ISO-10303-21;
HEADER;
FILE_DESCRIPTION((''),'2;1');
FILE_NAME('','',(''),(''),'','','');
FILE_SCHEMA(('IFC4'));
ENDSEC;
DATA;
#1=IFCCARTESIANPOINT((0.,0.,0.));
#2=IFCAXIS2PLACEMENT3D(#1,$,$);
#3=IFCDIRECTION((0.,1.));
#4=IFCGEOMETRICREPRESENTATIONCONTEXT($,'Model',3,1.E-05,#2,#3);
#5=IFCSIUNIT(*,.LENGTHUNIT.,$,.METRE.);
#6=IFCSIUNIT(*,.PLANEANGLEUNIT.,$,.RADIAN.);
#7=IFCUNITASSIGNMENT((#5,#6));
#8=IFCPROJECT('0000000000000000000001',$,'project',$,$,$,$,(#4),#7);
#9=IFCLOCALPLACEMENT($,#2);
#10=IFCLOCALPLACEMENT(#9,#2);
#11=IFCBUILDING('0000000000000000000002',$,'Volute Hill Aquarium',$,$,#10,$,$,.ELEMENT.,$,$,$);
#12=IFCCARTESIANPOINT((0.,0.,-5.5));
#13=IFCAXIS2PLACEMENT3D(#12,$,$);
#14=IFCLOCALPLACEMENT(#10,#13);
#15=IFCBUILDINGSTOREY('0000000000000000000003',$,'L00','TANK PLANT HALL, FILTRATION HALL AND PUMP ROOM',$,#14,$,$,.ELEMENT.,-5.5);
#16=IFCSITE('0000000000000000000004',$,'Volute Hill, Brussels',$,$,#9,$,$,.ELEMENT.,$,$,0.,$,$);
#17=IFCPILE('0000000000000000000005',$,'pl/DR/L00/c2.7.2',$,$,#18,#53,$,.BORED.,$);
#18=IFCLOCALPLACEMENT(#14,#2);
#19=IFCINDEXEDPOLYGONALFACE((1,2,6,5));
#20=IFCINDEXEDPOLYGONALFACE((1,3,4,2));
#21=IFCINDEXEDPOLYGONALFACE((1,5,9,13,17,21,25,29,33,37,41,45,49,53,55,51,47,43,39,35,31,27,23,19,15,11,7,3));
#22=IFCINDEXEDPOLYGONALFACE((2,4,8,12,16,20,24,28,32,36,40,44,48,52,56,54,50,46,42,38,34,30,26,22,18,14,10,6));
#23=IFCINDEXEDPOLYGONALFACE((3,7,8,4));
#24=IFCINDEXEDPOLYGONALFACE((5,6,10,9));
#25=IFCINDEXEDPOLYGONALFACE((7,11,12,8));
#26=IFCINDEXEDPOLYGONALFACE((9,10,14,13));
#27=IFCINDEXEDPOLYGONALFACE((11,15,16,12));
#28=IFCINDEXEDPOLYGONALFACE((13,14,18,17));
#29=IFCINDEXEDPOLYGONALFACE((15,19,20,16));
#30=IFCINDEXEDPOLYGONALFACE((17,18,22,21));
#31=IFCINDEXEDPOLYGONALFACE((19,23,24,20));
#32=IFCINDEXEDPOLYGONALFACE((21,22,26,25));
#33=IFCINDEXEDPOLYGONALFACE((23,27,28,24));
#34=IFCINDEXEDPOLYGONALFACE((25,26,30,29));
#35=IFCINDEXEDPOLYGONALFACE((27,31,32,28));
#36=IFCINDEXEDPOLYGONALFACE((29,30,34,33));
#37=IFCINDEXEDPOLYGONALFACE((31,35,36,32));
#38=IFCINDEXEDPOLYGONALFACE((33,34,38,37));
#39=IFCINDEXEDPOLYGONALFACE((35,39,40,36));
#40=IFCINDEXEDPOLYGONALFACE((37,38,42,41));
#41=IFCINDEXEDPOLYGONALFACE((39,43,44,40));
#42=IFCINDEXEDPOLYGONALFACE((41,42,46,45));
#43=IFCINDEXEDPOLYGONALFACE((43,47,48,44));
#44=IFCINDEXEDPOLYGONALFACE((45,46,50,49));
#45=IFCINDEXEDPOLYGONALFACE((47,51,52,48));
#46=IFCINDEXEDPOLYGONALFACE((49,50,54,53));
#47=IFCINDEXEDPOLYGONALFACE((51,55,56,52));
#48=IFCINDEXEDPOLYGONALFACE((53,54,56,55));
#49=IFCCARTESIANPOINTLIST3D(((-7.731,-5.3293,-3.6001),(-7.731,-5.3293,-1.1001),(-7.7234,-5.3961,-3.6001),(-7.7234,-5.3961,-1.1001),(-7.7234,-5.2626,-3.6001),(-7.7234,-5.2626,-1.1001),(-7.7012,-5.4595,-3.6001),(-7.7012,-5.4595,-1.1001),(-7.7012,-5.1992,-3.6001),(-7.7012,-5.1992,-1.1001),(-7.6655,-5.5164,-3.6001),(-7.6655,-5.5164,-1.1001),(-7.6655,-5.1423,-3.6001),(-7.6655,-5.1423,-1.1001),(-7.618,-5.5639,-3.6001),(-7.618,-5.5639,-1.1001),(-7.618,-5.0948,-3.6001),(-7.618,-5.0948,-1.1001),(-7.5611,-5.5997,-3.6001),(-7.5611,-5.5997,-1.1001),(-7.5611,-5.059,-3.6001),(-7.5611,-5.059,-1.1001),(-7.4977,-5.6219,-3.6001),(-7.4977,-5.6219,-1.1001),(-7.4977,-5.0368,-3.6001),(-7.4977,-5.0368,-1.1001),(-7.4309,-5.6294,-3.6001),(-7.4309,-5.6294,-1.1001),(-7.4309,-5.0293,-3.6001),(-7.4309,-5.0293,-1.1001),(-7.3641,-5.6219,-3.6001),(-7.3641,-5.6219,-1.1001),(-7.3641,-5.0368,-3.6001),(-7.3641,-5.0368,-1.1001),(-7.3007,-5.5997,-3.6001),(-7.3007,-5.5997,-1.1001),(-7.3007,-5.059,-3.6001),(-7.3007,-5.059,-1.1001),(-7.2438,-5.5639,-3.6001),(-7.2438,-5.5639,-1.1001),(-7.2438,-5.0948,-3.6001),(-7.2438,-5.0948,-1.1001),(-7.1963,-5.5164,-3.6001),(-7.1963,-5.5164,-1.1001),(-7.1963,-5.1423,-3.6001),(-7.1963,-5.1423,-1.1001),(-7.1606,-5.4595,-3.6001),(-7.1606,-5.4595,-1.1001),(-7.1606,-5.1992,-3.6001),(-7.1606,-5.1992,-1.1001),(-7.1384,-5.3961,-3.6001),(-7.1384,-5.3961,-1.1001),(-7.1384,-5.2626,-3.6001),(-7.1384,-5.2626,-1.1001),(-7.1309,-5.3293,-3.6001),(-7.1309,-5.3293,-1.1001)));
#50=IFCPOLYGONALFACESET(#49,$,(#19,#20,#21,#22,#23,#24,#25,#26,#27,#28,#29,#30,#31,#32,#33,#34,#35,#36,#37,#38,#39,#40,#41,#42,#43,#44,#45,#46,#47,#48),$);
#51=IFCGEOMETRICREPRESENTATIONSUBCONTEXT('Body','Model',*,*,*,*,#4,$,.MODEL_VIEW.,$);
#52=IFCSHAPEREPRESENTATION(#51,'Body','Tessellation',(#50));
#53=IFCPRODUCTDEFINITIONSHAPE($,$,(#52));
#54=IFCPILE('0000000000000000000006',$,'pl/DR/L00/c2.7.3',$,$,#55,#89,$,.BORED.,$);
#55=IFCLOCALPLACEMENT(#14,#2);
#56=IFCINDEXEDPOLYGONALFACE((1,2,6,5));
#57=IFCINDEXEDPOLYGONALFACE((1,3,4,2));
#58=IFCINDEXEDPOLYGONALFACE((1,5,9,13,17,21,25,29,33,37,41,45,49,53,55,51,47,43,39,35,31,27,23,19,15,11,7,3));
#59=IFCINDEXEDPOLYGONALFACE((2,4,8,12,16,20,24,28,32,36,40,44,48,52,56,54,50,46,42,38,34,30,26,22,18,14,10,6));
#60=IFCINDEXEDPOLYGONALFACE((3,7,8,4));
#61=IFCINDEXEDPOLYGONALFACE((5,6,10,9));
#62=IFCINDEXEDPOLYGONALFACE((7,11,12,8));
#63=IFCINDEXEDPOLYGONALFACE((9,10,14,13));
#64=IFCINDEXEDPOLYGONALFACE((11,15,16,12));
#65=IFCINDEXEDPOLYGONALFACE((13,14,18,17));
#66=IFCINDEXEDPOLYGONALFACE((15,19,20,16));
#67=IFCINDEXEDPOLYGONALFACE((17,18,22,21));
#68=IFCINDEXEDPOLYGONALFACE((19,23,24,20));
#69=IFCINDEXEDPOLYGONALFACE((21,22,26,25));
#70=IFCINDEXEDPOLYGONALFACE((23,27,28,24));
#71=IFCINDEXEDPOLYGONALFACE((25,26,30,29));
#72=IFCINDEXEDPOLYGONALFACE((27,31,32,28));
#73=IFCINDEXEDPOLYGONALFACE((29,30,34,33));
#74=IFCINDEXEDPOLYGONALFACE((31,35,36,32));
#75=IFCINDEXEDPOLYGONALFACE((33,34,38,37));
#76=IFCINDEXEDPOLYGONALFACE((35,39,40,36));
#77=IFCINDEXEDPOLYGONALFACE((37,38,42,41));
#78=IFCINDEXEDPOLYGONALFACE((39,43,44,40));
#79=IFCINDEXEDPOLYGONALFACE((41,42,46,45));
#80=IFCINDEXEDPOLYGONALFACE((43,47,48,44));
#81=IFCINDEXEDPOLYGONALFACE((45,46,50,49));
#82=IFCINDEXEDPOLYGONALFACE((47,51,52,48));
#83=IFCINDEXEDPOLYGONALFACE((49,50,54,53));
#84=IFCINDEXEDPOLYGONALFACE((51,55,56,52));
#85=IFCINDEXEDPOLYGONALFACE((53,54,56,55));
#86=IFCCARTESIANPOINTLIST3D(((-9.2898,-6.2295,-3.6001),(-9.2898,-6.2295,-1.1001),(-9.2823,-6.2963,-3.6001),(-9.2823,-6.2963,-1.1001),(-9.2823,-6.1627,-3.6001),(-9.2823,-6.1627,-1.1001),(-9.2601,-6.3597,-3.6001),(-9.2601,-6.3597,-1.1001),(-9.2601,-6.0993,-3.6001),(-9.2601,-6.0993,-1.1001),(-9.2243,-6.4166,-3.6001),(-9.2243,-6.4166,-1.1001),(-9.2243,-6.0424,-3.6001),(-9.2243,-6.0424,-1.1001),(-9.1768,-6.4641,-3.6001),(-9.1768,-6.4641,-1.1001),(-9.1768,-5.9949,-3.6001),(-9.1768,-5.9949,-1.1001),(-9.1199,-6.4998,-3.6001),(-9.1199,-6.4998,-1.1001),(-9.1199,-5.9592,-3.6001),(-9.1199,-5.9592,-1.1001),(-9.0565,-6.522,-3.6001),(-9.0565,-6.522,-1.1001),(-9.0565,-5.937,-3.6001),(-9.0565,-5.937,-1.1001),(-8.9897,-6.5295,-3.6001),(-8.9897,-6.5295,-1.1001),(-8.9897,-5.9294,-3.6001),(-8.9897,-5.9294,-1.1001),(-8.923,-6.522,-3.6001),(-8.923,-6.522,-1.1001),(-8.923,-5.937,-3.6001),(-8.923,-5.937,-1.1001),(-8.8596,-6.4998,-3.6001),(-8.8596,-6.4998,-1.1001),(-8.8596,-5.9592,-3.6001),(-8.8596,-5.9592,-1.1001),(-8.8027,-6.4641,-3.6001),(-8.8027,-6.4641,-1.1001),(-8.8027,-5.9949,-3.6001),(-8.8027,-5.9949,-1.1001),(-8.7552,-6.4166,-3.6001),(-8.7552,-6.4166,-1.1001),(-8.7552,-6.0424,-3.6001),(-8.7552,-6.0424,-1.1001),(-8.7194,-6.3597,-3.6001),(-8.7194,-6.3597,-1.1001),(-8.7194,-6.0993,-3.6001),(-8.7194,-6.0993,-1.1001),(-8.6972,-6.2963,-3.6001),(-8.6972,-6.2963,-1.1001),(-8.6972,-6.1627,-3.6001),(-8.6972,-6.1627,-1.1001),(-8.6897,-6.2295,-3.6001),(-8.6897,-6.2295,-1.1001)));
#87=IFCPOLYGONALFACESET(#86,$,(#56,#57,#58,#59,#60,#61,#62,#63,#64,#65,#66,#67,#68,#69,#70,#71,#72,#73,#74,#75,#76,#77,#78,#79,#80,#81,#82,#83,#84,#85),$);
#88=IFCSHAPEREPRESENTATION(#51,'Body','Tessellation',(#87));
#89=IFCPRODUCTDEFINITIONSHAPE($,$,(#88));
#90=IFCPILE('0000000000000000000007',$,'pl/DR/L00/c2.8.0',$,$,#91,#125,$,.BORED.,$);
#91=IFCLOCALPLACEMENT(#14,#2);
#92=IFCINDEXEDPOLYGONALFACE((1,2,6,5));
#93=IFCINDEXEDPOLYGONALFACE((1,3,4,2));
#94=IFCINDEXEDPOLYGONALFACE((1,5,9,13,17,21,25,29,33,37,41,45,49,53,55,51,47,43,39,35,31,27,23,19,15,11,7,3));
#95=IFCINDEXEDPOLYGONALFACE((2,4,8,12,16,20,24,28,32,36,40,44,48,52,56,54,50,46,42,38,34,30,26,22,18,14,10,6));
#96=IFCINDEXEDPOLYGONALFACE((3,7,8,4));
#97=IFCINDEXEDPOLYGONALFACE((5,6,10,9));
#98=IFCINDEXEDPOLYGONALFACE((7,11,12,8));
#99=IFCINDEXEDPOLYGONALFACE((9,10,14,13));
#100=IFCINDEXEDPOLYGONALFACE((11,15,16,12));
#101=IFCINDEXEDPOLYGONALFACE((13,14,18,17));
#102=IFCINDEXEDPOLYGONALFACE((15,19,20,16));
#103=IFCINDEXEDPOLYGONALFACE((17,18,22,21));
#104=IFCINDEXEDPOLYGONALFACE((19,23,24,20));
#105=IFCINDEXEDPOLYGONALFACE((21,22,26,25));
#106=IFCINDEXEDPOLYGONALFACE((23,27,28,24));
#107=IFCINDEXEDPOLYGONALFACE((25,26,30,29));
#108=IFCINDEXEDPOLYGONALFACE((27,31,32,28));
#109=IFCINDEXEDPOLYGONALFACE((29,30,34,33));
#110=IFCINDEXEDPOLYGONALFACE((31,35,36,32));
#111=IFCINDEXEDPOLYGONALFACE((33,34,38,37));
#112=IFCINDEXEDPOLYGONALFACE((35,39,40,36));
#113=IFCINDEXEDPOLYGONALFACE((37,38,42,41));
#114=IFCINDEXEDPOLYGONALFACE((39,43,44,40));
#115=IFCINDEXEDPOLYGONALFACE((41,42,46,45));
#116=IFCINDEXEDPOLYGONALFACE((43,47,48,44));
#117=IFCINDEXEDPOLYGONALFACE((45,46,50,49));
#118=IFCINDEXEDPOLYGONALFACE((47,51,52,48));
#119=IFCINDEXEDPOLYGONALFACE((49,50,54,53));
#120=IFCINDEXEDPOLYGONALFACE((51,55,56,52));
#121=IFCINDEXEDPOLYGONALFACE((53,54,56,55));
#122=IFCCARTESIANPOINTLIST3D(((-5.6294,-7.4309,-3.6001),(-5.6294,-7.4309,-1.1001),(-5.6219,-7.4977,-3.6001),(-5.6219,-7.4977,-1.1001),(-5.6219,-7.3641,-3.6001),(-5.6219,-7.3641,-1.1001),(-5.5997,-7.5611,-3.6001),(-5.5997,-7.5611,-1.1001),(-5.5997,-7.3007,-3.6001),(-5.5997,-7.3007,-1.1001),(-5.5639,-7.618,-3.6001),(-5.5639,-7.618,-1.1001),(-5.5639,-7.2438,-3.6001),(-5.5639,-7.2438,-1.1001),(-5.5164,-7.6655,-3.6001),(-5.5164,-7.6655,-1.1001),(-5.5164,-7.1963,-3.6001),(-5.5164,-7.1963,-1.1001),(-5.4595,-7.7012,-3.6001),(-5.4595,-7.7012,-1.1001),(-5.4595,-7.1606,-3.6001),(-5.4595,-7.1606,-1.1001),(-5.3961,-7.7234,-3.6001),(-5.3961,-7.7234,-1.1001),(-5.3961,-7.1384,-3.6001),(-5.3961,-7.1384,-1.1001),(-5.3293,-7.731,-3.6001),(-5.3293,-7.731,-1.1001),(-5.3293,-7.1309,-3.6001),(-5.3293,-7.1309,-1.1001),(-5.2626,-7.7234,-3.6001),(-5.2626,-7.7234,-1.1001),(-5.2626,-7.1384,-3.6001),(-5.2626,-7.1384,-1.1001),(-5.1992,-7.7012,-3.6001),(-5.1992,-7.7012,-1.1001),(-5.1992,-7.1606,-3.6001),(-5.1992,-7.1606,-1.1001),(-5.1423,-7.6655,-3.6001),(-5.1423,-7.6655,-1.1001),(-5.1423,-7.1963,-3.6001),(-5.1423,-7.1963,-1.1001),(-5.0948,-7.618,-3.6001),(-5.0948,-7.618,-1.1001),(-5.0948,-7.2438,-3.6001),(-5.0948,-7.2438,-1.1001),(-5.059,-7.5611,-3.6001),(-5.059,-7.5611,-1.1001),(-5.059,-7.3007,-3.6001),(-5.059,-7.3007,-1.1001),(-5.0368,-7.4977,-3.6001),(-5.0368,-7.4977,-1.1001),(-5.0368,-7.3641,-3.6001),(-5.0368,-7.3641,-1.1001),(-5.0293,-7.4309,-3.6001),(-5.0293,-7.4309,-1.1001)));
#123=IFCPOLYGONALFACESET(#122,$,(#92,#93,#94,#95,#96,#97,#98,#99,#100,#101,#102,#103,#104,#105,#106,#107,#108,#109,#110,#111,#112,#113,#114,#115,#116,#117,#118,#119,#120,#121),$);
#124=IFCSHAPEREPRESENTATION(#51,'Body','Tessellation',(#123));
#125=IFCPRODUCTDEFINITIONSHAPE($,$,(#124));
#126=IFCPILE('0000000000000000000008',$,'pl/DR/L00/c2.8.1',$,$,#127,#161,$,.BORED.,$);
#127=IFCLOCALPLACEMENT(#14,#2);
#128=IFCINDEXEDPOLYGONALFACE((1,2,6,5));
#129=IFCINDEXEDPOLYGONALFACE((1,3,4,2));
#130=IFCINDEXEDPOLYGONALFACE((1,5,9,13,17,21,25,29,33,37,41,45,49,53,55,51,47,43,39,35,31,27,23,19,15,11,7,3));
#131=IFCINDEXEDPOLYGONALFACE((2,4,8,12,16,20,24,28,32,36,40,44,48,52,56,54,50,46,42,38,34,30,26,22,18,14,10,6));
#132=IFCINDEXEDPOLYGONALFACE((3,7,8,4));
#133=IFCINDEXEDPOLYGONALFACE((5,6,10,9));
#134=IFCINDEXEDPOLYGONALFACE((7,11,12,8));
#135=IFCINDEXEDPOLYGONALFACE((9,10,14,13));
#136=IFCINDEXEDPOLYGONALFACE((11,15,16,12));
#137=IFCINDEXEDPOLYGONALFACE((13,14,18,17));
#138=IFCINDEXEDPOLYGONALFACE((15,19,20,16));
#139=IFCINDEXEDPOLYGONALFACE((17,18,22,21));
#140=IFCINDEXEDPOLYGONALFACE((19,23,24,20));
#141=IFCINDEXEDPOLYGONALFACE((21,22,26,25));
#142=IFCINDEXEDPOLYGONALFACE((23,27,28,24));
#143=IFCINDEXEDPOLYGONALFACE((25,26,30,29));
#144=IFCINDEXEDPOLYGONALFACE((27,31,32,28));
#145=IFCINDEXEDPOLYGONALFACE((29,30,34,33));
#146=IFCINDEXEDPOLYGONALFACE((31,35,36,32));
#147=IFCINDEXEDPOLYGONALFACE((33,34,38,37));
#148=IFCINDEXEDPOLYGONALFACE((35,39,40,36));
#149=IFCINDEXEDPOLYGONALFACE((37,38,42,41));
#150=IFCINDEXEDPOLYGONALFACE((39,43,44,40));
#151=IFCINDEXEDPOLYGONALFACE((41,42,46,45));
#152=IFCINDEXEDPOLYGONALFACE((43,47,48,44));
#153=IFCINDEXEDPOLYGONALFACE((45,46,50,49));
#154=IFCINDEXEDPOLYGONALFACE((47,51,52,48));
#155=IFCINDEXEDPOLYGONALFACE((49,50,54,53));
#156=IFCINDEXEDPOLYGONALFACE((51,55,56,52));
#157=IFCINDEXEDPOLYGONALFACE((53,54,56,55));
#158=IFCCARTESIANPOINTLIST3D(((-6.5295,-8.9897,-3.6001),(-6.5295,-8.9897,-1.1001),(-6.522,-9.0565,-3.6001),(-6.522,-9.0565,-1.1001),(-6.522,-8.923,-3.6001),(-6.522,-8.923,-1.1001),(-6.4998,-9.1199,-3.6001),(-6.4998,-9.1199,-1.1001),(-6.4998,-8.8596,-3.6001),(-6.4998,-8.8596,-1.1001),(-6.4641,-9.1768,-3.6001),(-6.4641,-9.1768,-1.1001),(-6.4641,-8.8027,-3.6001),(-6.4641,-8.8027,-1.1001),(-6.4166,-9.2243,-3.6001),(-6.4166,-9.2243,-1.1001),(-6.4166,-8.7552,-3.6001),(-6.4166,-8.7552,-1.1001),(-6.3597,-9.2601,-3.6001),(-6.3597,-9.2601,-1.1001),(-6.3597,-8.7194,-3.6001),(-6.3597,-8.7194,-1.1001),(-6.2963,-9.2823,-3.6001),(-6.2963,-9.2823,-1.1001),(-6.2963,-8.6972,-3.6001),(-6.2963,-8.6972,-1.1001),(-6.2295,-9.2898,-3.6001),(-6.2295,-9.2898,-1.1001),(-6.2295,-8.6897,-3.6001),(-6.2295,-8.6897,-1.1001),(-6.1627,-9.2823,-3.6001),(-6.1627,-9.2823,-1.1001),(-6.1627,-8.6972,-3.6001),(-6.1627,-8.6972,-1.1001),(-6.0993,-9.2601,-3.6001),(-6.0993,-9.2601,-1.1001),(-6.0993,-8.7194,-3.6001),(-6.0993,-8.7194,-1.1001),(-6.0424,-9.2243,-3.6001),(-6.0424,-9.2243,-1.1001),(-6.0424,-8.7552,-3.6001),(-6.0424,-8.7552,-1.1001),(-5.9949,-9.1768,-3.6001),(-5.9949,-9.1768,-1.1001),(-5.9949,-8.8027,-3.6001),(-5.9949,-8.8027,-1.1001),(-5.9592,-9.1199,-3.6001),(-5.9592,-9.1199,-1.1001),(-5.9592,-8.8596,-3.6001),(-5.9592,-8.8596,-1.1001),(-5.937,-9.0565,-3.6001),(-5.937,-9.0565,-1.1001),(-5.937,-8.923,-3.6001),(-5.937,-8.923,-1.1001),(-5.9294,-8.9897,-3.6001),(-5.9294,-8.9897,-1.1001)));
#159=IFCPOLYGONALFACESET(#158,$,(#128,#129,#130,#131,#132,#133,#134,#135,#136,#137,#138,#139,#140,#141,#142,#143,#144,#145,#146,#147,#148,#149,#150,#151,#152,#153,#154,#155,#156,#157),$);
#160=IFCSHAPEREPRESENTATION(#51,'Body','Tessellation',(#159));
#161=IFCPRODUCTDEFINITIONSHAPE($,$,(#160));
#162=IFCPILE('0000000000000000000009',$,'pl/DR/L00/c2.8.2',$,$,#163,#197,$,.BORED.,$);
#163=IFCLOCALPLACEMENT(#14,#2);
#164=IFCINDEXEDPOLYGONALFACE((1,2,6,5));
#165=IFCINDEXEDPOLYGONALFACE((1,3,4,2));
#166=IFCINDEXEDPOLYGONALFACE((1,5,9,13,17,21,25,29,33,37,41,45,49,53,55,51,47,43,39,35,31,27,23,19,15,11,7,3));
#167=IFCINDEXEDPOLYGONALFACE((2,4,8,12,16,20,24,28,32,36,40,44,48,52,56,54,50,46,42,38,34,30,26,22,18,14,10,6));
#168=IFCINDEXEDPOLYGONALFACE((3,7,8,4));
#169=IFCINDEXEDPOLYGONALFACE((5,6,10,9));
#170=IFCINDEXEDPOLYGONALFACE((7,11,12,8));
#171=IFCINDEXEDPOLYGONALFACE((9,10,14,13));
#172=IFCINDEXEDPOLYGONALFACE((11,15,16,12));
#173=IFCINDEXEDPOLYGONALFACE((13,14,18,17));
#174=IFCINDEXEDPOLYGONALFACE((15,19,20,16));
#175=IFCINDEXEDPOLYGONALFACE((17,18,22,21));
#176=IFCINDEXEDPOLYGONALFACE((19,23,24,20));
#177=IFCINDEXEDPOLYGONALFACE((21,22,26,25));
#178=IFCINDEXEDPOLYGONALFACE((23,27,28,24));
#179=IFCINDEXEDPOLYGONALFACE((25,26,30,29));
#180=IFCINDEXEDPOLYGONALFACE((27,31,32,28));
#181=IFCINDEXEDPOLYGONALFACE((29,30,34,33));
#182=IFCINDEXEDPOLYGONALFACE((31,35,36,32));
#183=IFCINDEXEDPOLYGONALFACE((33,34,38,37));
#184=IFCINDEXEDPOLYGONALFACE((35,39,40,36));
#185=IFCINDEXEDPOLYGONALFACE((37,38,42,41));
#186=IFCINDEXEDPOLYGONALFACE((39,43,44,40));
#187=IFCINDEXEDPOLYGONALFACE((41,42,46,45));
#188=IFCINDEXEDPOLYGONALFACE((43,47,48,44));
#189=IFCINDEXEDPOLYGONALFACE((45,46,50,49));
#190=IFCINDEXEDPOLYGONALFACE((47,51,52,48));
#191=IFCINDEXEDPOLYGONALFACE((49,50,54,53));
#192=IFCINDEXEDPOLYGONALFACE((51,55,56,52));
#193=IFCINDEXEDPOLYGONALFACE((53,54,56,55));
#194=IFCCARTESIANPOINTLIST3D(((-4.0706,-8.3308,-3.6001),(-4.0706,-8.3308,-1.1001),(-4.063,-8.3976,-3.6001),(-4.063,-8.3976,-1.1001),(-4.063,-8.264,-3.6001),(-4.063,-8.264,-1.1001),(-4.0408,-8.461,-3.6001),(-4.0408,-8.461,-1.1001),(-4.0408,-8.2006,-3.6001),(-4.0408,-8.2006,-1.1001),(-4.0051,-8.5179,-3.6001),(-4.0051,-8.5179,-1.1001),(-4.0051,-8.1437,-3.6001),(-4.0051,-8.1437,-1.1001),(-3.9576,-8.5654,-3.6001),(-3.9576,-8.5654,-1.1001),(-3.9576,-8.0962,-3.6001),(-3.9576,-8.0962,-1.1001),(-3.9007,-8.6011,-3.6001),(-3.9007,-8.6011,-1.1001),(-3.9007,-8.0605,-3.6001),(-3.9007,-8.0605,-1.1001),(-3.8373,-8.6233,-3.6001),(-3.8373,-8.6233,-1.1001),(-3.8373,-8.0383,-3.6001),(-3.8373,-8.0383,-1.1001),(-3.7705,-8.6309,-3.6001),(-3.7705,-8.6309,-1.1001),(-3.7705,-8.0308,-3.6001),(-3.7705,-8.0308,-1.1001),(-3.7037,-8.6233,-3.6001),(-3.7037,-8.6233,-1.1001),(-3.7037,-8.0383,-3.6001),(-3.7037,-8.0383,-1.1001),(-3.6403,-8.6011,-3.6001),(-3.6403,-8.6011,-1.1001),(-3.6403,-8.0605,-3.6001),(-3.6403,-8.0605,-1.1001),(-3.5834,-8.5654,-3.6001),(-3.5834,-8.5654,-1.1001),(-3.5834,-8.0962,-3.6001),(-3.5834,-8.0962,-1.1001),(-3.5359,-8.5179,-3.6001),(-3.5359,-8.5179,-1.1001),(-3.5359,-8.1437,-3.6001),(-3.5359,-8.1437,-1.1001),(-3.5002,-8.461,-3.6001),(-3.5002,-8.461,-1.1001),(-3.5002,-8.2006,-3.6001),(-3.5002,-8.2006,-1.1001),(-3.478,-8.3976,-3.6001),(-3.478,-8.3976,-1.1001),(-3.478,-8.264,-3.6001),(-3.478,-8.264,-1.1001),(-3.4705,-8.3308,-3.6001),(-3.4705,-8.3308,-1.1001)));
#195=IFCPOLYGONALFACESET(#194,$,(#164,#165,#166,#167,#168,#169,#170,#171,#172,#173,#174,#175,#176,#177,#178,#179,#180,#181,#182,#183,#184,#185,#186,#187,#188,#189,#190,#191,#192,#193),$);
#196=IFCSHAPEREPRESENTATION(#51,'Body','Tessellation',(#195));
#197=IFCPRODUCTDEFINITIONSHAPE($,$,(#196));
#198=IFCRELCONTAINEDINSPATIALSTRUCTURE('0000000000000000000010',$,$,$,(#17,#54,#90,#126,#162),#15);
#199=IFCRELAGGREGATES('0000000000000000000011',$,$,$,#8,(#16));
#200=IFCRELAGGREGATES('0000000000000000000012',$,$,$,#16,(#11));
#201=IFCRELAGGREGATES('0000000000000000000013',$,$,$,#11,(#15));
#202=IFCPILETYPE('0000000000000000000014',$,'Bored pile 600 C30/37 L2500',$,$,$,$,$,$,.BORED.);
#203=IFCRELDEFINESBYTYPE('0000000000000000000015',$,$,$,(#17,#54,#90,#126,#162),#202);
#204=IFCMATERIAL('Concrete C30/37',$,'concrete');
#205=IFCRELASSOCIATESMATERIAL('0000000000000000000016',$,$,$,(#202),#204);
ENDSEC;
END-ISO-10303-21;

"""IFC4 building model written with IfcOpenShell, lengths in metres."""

from ifc_helpers import new_model, si_unit, direction, frame, origin, origin_2d, place, context, subcontext, project, spatial, circle, extrude, material, type_object, element, save


model = new_model("IFC4")

# Units and contexts
model_context = context("Model", 3, precision=1e-05, world=origin(), true_north=direction((0.0, 1.0)))
body_context = subcontext(model_context, "Body", "Model", "MODEL_VIEW")
ifc_project = project(units=[si_unit("LENGTHUNIT", "METRE"), si_unit("PLANEANGLEUNIT", "RADIAN")], contexts=[model_context])

# Site, building, storey
site_placement = place(None, origin())
site = spatial("IfcSite", under=ifc_project, at=site_placement, Name="Volute Hill, Brussels", CompositionType="ELEMENT", RefElevation=0.0)
building_placement = place(site_placement, origin())
building = spatial("IfcBuilding", under=site, at=building_placement, Name="Volute Hill Aquarium", CompositionType="ELEMENT")
storey_placement = place(building_placement, frame((0.0, 0.0, -5.5)))
storey = spatial("IfcBuildingStorey", under=building, at=storey_placement, Name="L00", Description="TANK PLANT HALL, FILTRATION HALL AND PUMP ROOM", CompositionType="ELEMENT", Elevation=-5.5)

# Piles
ifc_material_1 = material(Name="Concrete C30/37", Category="concrete")
pile_type = type_object("IfcPileType", Name="Bored pile 600 C30/37 L2500", PredefinedType="BORED", material=ifc_material_1)
for number, where, z_axis, x_axis, name in (
    (1, (-7.4309, -5.3293, -1.1001), (0.0, 0.0, -1.0), (1.0, 0.0, 0.0), "pl/DR/L00/c2.7.2"),
    (2, (-8.9897, -6.2295, -1.1001), (0.0, 0.0, -1.0), (1.0, 0.0, 0.0), "pl/DR/L00/c2.7.3"),
    (3, (-5.3293, -7.4309, -1.1001), (0.0, 0.0, -1.0), (1.0, 0.0, 0.0), "pl/DR/L00/c2.8.0"),
    (4, (-6.2295, -8.9897, -1.1001), (0.0, 0.0, -1.0), (1.0, 0.0, 0.0), "pl/DR/L00/c2.8.1"),
    (5, (-3.7705, -8.3308, -1.1001), (0.0, 0.0, -1.0), (1.0, 0.0, 0.0), "pl/DR/L00/c2.8.2"),
):
    element("IfcPile", number, at=place(storey_placement, frame(where, z_axis=z_axis, x_axis=x_axis)), inside=storey, type_object=pile_type, Name=name, PredefinedType="BORED", context=body_context, shape_type="SweptSolid", body=[
        extrude(circle(Radius=0.3, at=origin_2d()), origin(), (0.0, 0.0, 1.0), 2.5),
    ])

save(model, "model.ifc")
